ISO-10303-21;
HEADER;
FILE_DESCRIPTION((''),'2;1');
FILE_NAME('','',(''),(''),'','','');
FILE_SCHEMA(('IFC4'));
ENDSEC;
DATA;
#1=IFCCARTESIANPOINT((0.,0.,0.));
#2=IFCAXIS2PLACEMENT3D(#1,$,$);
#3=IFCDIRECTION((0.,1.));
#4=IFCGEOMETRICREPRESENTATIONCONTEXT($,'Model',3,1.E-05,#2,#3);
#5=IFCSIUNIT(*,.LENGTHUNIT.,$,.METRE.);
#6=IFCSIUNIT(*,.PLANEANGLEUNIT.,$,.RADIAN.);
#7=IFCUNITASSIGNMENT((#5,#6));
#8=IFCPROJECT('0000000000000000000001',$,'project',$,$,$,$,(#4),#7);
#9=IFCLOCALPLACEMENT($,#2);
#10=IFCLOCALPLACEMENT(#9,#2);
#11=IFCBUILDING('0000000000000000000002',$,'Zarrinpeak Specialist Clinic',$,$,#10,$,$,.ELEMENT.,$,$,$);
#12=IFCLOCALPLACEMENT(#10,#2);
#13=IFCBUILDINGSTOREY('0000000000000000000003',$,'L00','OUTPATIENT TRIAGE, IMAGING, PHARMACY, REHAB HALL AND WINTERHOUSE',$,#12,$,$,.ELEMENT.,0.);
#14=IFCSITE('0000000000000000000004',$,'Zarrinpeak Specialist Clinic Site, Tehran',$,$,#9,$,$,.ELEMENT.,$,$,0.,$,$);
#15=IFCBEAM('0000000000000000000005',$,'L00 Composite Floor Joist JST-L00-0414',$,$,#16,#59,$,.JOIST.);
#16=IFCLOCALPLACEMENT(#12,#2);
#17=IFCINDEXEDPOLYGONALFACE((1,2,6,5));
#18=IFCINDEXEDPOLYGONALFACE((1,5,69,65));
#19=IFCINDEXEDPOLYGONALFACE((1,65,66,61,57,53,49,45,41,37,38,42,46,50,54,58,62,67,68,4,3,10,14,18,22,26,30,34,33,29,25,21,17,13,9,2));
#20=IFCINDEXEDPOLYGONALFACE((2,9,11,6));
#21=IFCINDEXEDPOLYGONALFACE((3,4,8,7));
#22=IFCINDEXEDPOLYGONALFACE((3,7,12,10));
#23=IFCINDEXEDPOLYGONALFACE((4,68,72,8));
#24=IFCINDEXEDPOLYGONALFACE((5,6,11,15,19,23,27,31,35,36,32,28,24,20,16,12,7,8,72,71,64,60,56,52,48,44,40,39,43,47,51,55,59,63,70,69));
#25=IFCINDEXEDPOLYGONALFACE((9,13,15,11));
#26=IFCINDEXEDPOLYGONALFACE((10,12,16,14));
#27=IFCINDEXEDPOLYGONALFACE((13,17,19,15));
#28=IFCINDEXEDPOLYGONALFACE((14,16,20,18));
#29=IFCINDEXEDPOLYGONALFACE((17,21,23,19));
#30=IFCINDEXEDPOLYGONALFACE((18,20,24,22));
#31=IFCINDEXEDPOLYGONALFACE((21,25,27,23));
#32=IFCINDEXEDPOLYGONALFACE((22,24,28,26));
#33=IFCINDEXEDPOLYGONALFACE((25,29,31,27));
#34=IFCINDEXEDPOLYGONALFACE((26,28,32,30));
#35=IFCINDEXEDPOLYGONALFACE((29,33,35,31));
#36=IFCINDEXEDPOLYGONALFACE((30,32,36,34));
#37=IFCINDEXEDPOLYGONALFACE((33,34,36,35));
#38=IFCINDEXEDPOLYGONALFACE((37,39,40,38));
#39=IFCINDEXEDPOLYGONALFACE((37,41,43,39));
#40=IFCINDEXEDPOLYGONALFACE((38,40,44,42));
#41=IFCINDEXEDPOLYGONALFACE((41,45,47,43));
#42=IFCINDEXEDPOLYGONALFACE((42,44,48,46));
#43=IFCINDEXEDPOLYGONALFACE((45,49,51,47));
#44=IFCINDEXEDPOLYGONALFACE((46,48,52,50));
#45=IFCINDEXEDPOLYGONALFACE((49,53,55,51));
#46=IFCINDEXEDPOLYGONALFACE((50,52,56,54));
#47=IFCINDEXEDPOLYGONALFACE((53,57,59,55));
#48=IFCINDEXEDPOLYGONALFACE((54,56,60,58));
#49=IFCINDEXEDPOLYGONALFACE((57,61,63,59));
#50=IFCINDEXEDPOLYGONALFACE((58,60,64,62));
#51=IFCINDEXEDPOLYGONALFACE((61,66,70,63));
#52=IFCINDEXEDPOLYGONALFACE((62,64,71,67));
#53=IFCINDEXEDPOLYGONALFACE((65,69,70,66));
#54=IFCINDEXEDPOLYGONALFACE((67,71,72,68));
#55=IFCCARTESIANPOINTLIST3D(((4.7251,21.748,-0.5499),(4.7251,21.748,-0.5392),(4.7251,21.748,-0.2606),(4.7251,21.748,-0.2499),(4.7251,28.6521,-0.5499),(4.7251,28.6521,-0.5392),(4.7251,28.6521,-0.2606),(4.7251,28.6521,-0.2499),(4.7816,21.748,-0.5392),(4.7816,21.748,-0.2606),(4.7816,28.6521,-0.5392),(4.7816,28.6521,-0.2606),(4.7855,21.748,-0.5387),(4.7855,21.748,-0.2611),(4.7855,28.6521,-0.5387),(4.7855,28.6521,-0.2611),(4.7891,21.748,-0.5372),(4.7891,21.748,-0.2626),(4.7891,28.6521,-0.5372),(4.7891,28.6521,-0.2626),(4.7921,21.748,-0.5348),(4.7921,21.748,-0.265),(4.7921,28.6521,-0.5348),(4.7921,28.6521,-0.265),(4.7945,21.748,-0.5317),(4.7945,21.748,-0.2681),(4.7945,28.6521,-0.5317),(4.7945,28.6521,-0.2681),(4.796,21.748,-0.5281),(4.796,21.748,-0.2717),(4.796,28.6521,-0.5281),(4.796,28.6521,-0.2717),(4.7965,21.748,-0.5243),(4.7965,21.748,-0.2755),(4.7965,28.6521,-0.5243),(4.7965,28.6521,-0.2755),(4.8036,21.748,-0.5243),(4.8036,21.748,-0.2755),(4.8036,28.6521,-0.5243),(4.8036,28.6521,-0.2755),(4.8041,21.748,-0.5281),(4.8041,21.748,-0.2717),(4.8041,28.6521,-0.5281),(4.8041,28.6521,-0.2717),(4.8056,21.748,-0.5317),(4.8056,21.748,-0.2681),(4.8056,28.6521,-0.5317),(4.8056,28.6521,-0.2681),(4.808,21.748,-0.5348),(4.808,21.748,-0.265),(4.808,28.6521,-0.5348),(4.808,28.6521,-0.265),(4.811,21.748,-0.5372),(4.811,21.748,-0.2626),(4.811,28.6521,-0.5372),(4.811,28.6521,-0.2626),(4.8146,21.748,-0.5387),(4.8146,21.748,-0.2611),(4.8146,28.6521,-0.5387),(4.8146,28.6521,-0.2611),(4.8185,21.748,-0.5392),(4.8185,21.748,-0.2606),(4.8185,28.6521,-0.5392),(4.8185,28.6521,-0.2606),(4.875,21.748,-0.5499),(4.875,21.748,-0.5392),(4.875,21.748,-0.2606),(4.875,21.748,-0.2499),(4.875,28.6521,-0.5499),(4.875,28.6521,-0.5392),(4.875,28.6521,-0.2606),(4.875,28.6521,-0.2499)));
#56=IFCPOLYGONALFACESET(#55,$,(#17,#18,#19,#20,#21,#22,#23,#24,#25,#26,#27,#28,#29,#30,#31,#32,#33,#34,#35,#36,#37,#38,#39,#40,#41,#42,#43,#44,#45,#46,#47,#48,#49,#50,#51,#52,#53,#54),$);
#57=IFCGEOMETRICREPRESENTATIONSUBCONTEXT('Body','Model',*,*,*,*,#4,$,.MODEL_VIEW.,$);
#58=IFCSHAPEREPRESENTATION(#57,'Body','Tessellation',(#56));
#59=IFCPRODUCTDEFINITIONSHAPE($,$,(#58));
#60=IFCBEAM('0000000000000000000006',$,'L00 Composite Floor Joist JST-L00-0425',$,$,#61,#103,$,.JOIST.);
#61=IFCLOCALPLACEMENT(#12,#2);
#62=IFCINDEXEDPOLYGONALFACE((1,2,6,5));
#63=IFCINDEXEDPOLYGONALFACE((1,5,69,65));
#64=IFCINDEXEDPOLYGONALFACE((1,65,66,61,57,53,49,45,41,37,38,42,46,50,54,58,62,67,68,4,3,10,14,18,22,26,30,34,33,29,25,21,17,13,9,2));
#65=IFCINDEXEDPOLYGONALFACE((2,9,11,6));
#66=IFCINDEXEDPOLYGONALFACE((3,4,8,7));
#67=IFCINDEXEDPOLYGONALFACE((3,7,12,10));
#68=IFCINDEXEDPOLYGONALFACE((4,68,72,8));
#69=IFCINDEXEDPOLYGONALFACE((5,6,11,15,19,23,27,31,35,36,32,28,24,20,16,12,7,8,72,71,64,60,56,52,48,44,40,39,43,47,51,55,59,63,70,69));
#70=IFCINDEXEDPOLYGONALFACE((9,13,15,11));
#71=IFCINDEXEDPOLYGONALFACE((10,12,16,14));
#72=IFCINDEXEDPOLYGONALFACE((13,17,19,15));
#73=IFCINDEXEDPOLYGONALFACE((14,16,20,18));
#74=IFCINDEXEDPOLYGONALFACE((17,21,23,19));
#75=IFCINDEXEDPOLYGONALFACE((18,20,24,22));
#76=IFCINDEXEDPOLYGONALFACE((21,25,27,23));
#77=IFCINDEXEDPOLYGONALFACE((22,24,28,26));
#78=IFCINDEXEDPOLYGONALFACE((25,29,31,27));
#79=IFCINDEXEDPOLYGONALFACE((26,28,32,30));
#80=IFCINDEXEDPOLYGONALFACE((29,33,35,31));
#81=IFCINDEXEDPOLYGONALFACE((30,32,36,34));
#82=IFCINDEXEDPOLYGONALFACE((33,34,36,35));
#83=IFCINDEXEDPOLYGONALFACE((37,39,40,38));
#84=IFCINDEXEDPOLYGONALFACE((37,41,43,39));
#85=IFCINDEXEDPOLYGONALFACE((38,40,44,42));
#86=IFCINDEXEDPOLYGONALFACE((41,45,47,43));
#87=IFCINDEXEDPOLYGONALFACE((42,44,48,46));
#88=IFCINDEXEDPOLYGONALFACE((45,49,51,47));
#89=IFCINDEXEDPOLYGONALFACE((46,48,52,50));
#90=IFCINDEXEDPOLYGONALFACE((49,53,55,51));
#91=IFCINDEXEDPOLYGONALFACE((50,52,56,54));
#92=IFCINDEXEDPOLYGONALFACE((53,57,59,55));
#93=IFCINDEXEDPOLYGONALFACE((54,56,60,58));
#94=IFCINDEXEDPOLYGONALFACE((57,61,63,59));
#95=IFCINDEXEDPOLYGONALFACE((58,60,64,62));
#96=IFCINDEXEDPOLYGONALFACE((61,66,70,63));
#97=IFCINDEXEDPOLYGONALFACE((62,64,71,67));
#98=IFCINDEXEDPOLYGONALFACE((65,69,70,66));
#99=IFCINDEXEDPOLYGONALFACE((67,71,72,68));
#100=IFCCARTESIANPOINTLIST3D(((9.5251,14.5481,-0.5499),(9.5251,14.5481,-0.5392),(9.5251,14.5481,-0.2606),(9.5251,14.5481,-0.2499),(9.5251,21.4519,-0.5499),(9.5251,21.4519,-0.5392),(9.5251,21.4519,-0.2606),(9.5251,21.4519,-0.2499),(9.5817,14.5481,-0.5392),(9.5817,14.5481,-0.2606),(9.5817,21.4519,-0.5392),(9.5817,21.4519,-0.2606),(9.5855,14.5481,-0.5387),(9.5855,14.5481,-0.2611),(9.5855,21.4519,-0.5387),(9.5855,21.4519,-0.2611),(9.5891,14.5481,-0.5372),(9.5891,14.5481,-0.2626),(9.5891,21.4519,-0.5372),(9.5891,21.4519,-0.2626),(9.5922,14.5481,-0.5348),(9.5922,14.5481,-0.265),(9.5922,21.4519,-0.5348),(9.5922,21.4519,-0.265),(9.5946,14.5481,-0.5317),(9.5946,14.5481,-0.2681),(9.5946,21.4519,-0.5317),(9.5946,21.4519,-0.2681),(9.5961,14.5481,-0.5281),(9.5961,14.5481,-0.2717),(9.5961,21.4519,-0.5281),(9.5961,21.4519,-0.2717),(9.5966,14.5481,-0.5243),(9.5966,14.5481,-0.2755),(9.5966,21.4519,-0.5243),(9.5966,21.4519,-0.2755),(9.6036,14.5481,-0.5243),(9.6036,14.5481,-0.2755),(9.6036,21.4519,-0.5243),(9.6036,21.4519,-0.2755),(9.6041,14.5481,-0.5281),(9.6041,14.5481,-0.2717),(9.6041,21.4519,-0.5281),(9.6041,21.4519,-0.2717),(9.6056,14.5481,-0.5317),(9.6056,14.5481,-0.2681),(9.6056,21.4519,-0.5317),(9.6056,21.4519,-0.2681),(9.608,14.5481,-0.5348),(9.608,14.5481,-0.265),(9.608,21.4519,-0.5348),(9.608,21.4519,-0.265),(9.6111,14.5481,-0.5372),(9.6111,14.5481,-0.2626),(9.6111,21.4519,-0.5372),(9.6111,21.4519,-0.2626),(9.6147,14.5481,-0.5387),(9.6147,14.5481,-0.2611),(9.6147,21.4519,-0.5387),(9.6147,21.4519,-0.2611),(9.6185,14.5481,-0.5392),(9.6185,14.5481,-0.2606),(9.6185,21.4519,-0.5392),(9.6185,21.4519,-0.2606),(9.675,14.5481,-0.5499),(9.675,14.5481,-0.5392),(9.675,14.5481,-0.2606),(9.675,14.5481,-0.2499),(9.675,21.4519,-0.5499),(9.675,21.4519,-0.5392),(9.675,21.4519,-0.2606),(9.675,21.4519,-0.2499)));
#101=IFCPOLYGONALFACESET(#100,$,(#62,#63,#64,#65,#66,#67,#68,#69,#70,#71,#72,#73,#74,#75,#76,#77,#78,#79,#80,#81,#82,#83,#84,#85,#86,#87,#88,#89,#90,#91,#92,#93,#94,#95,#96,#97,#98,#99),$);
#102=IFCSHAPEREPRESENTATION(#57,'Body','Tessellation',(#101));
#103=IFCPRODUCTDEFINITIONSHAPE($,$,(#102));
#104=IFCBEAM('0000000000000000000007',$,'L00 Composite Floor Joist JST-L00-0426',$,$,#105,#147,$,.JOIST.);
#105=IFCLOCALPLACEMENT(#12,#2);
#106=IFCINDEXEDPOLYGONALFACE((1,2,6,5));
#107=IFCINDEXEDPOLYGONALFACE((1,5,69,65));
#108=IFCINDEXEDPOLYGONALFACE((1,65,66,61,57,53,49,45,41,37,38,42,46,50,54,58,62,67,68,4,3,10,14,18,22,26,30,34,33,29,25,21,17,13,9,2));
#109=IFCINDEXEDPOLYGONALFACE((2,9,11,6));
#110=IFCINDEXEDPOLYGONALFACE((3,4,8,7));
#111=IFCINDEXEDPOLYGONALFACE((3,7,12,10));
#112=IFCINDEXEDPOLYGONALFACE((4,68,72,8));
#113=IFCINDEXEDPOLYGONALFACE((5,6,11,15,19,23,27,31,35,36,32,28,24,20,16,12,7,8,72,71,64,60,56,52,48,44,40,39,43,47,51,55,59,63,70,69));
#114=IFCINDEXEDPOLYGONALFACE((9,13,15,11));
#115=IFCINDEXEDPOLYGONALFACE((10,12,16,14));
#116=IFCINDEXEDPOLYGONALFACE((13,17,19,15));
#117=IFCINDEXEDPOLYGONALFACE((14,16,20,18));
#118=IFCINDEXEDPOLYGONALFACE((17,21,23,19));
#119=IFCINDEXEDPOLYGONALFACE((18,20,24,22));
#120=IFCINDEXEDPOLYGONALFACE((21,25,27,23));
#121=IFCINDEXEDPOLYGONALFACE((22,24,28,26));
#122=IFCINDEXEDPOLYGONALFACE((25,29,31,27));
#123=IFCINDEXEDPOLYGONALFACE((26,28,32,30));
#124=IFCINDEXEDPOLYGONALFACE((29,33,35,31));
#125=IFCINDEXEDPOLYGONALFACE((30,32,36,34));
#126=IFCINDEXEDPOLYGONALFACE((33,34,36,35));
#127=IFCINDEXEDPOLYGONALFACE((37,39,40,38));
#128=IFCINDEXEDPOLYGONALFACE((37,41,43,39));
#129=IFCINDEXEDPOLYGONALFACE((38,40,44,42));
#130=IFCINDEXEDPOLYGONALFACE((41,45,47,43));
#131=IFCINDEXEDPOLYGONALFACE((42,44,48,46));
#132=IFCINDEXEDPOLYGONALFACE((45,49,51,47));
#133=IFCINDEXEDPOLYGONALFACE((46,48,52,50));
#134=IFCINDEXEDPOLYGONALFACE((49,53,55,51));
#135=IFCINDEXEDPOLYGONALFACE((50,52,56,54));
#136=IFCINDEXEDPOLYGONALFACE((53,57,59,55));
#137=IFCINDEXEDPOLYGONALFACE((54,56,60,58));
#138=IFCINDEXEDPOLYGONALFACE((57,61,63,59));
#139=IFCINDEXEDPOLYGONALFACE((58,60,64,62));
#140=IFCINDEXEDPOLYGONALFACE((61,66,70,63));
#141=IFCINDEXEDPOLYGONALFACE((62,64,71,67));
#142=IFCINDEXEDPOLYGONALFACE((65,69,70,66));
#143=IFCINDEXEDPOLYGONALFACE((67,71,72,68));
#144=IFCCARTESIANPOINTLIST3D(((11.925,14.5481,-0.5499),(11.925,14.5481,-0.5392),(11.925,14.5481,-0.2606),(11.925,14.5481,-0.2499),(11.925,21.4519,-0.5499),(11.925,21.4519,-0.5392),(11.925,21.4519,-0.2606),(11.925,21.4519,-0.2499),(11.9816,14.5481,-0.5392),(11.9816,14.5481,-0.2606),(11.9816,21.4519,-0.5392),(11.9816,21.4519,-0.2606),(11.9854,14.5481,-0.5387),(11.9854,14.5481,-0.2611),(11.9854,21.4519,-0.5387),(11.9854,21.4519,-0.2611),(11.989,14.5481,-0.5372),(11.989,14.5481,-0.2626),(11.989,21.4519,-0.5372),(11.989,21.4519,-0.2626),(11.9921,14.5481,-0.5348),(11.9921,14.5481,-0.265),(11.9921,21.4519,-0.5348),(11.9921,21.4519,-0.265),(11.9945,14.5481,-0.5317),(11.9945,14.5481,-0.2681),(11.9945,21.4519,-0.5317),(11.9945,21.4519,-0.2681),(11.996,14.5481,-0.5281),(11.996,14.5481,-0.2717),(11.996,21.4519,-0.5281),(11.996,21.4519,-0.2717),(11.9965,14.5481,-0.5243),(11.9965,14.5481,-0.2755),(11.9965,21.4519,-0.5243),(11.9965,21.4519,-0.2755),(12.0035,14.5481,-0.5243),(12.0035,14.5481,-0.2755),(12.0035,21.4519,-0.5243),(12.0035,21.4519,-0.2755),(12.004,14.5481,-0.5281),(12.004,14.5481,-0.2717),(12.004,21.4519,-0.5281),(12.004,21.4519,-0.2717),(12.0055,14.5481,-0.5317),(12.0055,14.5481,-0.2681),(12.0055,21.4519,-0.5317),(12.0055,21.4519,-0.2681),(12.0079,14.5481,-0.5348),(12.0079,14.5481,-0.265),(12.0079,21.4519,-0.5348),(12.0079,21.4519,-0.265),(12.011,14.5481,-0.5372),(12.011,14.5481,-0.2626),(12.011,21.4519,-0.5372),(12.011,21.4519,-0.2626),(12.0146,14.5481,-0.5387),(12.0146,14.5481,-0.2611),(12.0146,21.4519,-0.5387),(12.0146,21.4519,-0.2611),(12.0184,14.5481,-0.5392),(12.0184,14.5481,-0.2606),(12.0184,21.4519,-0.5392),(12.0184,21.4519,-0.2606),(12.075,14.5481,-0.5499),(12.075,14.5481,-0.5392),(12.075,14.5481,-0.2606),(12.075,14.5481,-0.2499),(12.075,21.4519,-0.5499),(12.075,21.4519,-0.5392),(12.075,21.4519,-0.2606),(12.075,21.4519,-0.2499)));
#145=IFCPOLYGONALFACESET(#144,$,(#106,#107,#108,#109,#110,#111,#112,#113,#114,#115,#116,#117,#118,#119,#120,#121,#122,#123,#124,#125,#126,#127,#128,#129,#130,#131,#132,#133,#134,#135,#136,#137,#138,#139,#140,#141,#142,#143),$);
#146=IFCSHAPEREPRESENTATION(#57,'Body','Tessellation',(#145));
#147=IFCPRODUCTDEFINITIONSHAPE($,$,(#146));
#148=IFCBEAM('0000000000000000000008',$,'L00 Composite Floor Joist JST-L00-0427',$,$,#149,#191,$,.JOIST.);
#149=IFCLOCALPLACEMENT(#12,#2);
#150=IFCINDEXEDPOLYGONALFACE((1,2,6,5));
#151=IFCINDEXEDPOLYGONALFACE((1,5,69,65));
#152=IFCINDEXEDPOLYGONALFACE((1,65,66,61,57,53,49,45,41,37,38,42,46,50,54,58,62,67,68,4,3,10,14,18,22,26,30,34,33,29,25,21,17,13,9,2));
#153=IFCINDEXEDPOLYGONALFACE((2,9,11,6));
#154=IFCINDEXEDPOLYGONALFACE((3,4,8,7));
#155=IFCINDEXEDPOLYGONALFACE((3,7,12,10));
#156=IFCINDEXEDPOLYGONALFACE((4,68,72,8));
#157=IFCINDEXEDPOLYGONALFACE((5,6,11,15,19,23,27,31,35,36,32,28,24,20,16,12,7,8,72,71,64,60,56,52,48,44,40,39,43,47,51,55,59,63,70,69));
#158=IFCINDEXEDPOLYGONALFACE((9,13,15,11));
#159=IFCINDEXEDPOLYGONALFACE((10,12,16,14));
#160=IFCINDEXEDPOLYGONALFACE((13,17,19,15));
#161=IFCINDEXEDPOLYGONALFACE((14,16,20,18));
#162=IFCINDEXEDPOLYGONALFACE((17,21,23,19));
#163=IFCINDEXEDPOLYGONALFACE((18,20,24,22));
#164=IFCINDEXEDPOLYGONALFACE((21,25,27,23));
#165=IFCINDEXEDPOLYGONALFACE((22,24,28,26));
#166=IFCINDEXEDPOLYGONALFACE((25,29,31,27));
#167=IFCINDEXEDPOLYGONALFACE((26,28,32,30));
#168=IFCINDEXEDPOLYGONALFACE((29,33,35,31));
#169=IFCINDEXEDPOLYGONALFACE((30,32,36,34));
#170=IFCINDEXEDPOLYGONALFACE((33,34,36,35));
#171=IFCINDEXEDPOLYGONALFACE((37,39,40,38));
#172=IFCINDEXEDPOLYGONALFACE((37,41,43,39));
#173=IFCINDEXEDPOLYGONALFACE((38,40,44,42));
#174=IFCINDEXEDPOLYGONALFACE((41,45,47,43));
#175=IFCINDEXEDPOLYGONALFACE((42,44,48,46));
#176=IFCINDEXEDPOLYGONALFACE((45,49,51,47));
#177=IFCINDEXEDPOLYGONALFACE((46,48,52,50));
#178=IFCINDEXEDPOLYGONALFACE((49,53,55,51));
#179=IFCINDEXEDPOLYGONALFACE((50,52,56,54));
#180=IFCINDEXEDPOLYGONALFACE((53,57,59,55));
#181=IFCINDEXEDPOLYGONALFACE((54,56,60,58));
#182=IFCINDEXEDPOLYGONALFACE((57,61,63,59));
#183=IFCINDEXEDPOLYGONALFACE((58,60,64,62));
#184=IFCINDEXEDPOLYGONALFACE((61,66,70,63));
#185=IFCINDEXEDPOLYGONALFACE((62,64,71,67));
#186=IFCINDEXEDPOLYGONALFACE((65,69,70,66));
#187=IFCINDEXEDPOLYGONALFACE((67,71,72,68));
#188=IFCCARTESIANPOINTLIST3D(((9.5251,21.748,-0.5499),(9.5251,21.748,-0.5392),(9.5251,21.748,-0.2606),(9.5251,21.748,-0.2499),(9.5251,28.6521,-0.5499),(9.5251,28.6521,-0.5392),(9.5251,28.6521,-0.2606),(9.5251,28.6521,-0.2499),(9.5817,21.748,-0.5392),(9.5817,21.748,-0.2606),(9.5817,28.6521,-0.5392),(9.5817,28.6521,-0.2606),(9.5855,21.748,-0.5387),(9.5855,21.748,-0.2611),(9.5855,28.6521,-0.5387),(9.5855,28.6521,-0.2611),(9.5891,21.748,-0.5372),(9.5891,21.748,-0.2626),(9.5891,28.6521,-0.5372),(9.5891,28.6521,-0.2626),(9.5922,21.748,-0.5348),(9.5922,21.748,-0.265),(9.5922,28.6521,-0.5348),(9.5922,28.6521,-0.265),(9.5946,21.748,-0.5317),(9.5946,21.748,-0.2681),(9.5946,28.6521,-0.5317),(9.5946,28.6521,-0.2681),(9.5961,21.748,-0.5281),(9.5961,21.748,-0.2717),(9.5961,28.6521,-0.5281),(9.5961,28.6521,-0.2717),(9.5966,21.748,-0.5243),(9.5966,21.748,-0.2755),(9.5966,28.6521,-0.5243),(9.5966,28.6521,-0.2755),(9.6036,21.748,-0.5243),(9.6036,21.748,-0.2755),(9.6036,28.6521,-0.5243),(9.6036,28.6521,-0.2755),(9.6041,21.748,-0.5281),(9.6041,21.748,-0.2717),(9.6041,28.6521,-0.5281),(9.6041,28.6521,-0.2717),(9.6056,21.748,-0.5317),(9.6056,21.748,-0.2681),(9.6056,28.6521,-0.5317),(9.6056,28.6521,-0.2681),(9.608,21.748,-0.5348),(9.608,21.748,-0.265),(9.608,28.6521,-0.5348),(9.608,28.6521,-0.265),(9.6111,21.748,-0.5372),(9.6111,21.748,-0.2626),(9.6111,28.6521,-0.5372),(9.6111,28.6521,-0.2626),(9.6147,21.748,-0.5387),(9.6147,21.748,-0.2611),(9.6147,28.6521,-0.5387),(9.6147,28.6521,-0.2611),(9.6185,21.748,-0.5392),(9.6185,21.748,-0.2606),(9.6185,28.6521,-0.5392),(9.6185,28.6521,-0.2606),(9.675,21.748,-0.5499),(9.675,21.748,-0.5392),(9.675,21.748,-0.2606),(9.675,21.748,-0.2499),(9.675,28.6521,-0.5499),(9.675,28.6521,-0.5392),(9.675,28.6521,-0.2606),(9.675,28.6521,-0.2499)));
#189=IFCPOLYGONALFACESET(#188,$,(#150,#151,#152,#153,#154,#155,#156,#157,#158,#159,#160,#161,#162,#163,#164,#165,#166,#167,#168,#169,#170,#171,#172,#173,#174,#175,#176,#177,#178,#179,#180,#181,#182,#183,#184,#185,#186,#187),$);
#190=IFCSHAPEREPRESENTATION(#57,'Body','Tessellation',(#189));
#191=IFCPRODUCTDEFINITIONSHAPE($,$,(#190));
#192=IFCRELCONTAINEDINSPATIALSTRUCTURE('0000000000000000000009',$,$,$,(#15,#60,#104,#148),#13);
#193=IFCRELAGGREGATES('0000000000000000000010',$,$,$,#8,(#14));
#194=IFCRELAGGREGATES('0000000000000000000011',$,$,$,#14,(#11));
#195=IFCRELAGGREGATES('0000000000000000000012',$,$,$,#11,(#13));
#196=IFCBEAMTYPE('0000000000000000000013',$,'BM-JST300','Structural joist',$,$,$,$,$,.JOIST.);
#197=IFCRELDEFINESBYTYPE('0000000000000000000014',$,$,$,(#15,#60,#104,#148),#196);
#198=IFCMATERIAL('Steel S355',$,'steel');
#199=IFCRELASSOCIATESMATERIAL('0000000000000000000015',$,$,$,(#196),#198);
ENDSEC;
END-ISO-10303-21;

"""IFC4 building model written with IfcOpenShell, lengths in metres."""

from ifc_helpers import new_model, si_unit, direction, frame, origin, origin_2d, place, context, subcontext, project, spatial, i_section, extrude, material, material_profile, profile_set, type_object, element, save


model = new_model("IFC4")

# Units and contexts
model_context = context("Model", 3, precision=1e-05, world=origin(), true_north=direction((0.0, 1.0)))
body_context = subcontext(model_context, "Body", "Model", "MODEL_VIEW")
ifc_project = project(units=[si_unit("LENGTHUNIT", "METRE"), si_unit("PLANEANGLEUNIT", "RADIAN")], contexts=[model_context])

# Site, building, storey
site_placement = place(None, origin())
site = spatial("IfcSite", under=ifc_project, at=site_placement, Name="Zarrinpeak Specialist Clinic Site, Tehran", CompositionType="ELEMENT", RefElevation=0.0)
building_placement = place(site_placement, origin())
building = spatial("IfcBuilding", under=site, at=building_placement, Name="Zarrinpeak Specialist Clinic", CompositionType="ELEMENT")
storey_placement = place(building_placement, origin())
storey = spatial("IfcBuildingStorey", under=building, at=storey_placement, Name="L00", Description="OUTPATIENT TRIAGE, IMAGING, PHARMACY, REHAB HALL AND WINTERHOUSE", CompositionType="ELEMENT", Elevation=0.0)

# Shared definitions
ifc_material_1 = material(Name="Steel S355", Category="steel")

# Beams
ifc_material_profile_1 = material_profile(ifc_material_1, i_section(OverallWidth=0.1499, OverallDepth=0.3, WebThickness=0.0071, FlangeThickness=0.0107, FilletRadius=0.0149, at=origin_2d()), Name="IPE 300")
ifc_profile_set_1 = profile_set([ifc_material_profile_1], Name="Steel S355")
beam_type_1 = type_object("IfcBeamType", Name="BM-JST300", Description="Structural joist", PredefinedType="JOIST", material=ifc_profile_set_1)
for number, where, z_axis, x_axis, name in (
    (1, (4.8, 21.748, -0.3999), (0.0, 1.0, 0.0), (-1.0, 0.0, 0.0), "L00 Composite Floor Joist JST-L00-0414"),
):
    element("IfcBeam", number, at=place(storey_placement, frame(where, z_axis=z_axis, x_axis=x_axis)), inside=storey, type_object=beam_type_1, Name=name, PredefinedType="JOIST", context=body_context, shape_type="SweptSolid", body=[
        extrude(i_section(OverallWidth=0.1499, OverallDepth=0.3, WebThickness=0.0071, FlangeThickness=0.0107, FilletRadius=0.0149, at=origin_2d()), origin(), (0.0, 0.0, 1.0), 6.9041),
    ])
for number, where, z_axis, x_axis, name in (
    (2, (9.6001, 14.5481, -0.3999), (0.0, 1.0, 0.0), (-1.0, 0.0, 0.0), "L00 Composite Floor Joist JST-L00-0425"),
    (3, (12.0, 14.5481, -0.3999), (0.0, 1.0, 0.0), (-1.0, 0.0, 0.0), "L00 Composite Floor Joist JST-L00-0426"),
):
    element("IfcBeam", number, at=place(storey_placement, frame(where, z_axis=z_axis, x_axis=x_axis)), inside=storey, type_object=beam_type_1, Name=name, PredefinedType="JOIST", context=body_context, shape_type="SweptSolid", body=[
        extrude(i_section(OverallWidth=0.1499, OverallDepth=0.3, WebThickness=0.0071, FlangeThickness=0.0107, FilletRadius=0.0149, at=origin_2d()), origin(), (0.0, 0.0, 1.0), 6.9038),
    ])
for number, where, z_axis, x_axis, name in (
    (4, (9.6001, 21.748, -0.3999), (0.0, 1.0, 0.0), (-1.0, 0.0, 0.0), "L00 Composite Floor Joist JST-L00-0427"),
):
    element("IfcBeam", number, at=place(storey_placement, frame(where, z_axis=z_axis, x_axis=x_axis)), inside=storey, type_object=beam_type_1, Name=name, PredefinedType="JOIST", context=body_context, shape_type="SweptSolid", body=[
        extrude(i_section(OverallWidth=0.1499, OverallDepth=0.3, WebThickness=0.0071, FlangeThickness=0.0107, FilletRadius=0.0149, at=origin_2d()), origin(), (0.0, 0.0, 1.0), 6.9041),
    ])

save(model, "model.ifc")
